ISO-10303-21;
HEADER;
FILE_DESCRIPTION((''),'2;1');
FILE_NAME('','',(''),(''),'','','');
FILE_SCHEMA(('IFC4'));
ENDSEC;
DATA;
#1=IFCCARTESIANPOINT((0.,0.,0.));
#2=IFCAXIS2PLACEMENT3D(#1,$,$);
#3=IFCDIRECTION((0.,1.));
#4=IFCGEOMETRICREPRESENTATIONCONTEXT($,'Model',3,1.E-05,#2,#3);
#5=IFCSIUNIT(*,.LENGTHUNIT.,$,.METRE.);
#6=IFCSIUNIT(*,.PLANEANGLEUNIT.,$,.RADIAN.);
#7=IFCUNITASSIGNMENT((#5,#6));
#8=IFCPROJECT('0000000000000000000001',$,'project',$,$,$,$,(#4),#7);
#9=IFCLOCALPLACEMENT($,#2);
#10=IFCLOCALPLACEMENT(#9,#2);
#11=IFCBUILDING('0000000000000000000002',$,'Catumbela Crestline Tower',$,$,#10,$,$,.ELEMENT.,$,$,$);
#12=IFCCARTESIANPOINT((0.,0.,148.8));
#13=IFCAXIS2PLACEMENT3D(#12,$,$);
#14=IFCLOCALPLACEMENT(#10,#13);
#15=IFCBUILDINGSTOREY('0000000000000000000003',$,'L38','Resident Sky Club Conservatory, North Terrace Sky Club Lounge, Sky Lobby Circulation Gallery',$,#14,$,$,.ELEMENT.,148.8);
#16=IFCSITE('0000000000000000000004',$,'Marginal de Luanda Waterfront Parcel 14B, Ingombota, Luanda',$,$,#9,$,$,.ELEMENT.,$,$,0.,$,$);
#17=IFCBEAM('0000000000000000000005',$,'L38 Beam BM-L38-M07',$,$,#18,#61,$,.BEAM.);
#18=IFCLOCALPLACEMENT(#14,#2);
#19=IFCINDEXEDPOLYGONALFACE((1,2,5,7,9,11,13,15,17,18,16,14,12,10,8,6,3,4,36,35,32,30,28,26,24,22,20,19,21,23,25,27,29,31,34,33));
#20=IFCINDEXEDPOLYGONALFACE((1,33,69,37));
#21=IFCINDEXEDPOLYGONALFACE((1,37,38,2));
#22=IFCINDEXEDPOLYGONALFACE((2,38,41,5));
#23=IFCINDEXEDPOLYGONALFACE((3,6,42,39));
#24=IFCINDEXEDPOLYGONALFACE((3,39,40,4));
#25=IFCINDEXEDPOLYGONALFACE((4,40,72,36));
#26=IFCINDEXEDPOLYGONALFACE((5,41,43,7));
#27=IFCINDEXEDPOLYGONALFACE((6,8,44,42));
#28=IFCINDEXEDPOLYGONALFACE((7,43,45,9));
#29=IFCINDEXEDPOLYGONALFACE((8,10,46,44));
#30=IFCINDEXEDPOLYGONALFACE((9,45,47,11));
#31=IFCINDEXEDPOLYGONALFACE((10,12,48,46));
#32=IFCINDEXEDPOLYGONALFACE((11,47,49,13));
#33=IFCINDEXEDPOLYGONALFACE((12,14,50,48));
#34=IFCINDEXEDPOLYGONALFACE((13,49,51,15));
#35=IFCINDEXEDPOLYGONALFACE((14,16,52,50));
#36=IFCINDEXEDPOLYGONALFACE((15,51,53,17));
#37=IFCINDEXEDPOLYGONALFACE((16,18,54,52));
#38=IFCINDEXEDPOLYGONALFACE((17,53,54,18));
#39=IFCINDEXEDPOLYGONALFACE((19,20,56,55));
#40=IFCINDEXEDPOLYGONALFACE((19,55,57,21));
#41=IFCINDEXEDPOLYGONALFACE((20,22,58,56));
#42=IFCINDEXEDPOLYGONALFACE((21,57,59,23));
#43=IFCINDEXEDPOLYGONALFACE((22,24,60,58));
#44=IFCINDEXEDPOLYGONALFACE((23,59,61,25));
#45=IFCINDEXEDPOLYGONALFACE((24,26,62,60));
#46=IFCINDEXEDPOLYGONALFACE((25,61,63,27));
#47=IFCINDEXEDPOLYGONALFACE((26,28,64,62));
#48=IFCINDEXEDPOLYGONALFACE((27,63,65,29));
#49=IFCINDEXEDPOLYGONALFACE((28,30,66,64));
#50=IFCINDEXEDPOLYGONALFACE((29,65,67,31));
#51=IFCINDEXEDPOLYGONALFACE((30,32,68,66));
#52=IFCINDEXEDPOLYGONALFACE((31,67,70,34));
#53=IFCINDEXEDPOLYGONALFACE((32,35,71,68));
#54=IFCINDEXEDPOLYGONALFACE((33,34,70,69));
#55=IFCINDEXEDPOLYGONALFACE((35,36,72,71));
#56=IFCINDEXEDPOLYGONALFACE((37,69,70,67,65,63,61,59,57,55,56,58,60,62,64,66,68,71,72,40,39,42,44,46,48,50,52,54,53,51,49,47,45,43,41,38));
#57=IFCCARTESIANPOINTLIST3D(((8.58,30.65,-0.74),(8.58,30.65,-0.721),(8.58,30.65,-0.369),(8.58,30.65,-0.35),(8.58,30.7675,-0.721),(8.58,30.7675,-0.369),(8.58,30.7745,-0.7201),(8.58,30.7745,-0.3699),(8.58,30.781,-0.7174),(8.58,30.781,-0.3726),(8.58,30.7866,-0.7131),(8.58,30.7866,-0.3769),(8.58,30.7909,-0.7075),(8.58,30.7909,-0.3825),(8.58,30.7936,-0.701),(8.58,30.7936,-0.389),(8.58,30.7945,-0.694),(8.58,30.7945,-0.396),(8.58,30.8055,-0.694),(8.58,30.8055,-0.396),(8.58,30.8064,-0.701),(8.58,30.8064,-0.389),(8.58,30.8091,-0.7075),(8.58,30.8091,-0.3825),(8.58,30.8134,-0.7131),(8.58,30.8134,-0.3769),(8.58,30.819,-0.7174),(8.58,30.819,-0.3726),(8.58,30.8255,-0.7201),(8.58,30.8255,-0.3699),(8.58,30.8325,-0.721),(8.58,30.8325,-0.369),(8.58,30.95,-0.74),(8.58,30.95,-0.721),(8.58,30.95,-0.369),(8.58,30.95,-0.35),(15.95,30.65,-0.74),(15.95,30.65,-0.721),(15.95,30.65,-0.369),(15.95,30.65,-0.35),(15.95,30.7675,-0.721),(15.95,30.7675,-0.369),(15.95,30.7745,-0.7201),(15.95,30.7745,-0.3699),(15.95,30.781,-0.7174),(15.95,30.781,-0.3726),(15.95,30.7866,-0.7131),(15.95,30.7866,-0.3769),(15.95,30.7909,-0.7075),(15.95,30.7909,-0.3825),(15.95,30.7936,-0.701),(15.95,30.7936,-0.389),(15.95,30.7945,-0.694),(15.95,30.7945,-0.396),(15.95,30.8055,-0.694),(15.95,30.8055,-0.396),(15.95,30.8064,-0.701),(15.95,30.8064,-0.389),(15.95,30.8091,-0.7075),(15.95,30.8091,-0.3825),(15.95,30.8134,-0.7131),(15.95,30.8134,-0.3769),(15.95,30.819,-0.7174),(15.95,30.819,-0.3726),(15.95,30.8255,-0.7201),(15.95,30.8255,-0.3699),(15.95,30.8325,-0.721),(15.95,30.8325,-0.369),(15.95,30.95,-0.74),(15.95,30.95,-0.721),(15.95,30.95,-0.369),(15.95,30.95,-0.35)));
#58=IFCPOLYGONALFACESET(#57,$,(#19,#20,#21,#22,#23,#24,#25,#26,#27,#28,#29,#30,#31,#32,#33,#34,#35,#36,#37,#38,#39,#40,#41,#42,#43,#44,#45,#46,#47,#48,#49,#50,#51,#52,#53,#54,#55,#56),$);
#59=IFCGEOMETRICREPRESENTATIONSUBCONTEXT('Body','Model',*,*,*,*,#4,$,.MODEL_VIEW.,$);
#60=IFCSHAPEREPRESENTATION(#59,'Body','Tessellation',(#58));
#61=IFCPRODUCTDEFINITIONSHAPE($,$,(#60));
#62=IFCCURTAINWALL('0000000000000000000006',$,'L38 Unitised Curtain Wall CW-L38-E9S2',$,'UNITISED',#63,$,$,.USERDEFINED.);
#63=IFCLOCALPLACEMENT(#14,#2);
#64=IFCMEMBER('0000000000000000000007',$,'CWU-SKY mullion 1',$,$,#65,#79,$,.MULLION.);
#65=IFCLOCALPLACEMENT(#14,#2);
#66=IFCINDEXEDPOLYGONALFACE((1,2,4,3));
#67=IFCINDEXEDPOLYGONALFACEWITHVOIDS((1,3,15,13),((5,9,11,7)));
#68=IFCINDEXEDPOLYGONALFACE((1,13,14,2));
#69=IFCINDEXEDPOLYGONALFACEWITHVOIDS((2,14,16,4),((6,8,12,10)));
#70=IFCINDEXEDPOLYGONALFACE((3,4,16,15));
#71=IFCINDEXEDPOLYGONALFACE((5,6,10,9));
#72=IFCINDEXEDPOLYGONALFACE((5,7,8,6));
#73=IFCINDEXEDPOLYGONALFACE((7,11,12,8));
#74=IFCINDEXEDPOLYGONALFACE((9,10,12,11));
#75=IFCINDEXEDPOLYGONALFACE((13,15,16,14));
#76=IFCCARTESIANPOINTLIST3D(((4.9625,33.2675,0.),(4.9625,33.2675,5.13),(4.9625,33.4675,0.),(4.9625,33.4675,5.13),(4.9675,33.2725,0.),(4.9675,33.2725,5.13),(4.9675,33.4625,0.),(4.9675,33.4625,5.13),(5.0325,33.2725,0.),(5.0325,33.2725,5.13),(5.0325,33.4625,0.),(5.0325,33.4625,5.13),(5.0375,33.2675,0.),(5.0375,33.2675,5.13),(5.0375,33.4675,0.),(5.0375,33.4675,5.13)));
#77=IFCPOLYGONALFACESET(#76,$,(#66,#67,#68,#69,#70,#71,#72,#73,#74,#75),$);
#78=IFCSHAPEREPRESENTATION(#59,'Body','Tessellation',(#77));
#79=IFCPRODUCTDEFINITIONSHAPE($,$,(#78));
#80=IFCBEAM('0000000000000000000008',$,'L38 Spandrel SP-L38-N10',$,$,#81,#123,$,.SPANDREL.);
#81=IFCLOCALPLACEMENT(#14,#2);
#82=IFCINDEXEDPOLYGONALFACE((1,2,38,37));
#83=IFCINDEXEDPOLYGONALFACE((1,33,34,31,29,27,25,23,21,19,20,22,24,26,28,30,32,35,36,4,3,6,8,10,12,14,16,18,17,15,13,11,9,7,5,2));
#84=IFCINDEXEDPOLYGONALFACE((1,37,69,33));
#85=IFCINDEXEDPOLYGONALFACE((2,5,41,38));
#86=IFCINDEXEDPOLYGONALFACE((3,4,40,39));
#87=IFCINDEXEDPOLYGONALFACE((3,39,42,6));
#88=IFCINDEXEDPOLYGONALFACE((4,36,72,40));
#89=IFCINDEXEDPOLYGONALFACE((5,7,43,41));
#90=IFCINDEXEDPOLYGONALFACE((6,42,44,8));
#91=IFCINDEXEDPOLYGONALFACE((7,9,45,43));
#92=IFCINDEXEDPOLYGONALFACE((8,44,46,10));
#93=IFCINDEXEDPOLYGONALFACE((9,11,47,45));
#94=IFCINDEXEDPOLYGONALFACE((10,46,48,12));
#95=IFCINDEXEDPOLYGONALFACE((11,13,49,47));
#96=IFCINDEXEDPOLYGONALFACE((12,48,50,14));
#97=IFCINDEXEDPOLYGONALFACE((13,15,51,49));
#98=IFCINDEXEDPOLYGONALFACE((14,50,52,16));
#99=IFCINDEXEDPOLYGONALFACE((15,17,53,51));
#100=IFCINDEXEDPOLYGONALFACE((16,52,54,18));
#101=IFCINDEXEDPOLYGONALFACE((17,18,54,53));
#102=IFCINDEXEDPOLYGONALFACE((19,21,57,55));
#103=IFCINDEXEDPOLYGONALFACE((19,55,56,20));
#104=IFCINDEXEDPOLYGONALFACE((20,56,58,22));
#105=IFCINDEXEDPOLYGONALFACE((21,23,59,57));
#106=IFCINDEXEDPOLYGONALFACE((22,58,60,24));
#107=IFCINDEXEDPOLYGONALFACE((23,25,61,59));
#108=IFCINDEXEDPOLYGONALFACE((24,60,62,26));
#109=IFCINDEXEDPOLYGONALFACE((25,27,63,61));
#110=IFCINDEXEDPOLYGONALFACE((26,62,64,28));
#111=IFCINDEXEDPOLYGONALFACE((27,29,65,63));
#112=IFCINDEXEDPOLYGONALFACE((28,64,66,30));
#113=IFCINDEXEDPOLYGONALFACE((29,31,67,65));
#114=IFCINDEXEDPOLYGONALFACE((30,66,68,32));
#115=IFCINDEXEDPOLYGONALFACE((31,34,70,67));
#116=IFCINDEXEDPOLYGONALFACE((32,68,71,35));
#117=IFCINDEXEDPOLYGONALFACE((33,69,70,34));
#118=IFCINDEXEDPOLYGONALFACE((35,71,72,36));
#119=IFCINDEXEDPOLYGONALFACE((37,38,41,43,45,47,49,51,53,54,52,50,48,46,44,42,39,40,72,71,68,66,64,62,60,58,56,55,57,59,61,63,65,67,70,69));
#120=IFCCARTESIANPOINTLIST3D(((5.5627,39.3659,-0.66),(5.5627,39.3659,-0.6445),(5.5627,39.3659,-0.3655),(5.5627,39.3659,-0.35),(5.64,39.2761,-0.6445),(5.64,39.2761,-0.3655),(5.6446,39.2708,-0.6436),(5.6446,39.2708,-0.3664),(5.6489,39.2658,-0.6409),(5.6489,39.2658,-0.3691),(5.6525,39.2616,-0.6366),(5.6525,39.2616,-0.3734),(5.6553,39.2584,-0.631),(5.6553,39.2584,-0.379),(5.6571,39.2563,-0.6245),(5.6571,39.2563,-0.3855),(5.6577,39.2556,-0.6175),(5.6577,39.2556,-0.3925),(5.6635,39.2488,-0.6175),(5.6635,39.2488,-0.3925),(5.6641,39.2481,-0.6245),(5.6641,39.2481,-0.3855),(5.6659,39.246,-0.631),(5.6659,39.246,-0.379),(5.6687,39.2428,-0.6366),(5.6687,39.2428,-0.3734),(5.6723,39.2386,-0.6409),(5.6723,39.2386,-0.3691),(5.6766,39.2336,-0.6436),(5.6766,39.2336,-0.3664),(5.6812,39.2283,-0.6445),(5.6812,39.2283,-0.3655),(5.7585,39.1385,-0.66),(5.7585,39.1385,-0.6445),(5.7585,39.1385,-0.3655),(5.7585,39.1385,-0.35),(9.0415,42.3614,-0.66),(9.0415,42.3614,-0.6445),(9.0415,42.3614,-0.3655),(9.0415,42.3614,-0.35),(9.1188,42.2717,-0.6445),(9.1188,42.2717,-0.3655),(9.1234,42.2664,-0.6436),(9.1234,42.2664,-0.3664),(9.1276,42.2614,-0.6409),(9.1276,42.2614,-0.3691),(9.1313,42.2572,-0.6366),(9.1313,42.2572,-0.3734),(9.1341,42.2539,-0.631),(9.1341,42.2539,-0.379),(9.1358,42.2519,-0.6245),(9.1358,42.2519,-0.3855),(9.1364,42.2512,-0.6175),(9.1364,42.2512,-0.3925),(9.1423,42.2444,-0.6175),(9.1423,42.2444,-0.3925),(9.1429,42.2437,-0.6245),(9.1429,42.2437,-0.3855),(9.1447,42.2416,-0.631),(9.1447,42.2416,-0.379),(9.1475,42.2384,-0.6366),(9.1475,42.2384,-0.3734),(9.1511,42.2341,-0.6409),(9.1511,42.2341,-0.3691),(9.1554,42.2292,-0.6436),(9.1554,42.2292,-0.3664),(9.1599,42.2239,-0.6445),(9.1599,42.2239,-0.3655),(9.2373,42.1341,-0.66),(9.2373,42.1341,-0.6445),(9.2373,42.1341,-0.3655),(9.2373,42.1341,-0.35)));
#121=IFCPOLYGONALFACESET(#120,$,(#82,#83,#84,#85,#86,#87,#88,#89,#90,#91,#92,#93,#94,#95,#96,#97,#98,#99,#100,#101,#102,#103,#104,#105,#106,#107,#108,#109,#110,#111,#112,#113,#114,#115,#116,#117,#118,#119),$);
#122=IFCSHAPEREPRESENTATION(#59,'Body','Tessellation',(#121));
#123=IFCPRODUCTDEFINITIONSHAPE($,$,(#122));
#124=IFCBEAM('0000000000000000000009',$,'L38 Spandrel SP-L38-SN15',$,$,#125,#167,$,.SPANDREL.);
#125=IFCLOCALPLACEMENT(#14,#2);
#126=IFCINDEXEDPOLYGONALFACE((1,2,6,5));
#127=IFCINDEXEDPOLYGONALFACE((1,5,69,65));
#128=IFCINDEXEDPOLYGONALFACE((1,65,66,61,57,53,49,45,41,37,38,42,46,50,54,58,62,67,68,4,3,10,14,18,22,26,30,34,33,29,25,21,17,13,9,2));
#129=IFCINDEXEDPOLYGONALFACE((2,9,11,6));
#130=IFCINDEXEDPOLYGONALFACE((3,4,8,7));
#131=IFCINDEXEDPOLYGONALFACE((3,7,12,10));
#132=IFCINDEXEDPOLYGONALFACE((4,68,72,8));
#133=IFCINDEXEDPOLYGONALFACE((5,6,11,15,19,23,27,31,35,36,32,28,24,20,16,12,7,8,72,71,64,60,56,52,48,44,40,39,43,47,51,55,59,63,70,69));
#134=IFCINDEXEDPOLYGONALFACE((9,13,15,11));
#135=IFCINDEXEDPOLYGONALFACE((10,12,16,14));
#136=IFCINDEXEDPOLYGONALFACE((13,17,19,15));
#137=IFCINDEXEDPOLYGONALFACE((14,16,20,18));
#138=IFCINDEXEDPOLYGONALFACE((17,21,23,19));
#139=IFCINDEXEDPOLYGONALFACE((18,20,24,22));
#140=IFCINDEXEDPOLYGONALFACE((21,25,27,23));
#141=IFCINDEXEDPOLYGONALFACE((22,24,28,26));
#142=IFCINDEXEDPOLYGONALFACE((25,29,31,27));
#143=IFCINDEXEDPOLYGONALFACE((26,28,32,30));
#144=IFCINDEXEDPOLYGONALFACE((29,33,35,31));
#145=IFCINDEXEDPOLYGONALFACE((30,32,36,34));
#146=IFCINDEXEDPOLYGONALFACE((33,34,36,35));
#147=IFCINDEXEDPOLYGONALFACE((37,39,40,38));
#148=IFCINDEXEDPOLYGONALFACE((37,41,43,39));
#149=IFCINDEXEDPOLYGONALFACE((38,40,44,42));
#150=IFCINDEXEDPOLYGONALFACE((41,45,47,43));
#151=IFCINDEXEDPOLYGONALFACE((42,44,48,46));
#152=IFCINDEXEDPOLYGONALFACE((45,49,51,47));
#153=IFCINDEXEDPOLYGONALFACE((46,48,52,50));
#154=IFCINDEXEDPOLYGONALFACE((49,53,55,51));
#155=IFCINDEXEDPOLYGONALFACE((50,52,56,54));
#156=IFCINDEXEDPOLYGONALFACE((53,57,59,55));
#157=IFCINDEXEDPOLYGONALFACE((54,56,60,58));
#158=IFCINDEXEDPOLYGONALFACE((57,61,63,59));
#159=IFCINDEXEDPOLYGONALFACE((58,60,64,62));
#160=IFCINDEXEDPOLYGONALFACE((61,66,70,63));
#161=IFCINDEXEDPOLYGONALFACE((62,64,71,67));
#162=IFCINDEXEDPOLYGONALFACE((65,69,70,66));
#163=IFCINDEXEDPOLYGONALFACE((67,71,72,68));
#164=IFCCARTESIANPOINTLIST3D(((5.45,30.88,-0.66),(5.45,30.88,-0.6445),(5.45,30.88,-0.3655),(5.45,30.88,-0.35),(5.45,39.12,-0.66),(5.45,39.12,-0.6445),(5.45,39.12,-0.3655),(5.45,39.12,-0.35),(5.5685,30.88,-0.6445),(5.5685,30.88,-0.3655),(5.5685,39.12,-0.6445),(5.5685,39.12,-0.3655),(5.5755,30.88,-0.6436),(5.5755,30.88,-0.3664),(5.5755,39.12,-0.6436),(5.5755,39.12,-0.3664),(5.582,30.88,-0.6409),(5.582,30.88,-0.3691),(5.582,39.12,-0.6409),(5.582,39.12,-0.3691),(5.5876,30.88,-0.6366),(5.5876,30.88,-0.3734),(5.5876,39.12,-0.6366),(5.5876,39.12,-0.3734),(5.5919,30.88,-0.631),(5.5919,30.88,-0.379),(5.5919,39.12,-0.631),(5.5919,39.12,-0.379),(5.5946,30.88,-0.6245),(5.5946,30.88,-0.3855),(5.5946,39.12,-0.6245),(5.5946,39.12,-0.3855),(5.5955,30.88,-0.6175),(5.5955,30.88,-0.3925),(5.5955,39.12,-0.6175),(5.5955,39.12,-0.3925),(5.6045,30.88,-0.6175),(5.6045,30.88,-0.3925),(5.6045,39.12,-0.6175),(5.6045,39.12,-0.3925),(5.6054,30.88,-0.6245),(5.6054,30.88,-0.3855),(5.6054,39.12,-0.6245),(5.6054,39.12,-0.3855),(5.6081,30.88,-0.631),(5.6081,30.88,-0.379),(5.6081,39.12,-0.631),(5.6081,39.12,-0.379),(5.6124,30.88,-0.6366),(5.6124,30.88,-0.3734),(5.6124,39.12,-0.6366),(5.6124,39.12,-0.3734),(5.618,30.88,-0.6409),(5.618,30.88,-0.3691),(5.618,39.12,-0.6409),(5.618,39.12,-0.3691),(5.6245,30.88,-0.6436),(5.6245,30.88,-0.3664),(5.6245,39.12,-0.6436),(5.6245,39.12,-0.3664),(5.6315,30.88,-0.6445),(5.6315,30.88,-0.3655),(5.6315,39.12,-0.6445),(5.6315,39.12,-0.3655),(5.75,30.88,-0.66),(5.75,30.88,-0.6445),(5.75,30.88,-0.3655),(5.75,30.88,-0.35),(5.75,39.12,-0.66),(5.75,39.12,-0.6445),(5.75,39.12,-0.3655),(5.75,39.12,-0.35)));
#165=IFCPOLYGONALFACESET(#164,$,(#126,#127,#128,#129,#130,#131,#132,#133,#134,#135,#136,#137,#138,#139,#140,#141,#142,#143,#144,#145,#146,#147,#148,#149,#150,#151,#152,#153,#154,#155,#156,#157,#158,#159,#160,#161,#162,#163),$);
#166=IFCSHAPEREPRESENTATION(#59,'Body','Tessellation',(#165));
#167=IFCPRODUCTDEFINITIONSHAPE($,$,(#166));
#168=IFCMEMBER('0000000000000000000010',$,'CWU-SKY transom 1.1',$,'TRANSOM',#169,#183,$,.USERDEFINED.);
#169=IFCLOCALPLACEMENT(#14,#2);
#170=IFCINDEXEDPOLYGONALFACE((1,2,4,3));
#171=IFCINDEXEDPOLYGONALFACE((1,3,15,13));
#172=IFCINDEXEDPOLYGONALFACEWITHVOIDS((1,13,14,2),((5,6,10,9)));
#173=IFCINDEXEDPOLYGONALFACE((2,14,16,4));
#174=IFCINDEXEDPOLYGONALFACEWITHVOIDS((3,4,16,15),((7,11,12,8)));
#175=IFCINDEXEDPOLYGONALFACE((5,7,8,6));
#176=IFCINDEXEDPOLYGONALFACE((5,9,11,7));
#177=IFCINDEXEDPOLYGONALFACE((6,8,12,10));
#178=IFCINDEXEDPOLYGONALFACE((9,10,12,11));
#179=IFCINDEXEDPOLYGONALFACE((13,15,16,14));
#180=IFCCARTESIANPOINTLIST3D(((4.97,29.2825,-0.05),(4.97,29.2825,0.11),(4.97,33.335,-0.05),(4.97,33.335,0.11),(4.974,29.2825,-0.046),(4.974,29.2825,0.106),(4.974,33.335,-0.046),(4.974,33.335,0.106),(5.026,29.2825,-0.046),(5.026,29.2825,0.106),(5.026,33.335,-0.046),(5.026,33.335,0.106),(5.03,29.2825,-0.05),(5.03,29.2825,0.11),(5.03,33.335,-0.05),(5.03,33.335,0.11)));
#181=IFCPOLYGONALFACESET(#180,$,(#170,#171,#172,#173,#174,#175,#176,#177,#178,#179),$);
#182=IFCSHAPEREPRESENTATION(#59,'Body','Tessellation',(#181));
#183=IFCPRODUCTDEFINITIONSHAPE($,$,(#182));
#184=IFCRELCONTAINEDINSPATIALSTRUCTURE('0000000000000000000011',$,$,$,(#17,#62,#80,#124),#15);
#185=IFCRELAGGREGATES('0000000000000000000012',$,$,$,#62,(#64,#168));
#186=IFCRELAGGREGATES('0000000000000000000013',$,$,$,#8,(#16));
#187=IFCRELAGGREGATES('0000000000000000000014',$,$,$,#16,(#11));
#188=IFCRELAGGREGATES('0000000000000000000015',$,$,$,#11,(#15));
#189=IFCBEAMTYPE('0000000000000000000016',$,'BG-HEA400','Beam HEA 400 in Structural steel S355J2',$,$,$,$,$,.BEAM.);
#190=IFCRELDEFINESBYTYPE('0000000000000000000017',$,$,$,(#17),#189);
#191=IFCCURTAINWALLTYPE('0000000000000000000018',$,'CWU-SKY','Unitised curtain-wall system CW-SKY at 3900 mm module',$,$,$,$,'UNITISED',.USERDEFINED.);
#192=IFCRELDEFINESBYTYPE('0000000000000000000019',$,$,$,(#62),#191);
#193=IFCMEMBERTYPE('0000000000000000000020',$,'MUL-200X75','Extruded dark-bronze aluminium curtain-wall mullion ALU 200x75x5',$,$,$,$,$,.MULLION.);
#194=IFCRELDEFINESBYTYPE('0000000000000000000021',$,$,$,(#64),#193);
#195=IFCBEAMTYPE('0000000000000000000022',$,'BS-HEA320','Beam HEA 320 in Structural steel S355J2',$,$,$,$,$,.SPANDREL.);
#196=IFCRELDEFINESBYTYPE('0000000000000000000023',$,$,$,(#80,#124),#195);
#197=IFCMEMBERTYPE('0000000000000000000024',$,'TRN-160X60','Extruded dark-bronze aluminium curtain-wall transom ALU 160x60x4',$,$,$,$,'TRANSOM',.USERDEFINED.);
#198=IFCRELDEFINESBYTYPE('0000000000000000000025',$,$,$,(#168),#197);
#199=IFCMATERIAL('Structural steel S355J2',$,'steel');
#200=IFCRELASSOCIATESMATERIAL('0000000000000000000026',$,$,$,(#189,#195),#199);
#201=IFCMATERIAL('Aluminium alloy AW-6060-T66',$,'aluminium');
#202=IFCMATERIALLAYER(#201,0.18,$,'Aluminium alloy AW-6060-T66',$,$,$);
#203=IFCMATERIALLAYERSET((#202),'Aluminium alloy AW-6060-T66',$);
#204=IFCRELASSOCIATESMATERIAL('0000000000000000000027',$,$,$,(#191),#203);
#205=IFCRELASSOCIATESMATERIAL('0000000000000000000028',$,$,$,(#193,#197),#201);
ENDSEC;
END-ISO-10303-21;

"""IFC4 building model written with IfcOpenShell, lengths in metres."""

from ifc_helpers import new_model, si_unit, direction, frame, origin, origin_2d, place, context, subcontext, project, spatial, hollow_rectangle, i_section, extrude, material, layer, layer_set, material_profile, profile_set, type_object, element, aggregate, save


model = new_model("IFC4")

# Units and contexts
model_context = context("Model", 3, precision=1e-05, world=origin(), true_north=direction((0.0, 1.0)))
body_context = subcontext(model_context, "Body", "Model", "MODEL_VIEW")
ifc_project = project(units=[si_unit("LENGTHUNIT", "METRE"), si_unit("PLANEANGLEUNIT", "RADIAN")], contexts=[model_context])

# Site, building, storey
site_placement = place(None, origin())
site = spatial("IfcSite", under=ifc_project, at=site_placement, Name="Marginal de Luanda Waterfront Parcel 14B, Ingombota, Luanda", CompositionType="ELEMENT", RefElevation=0.0)
building_placement = place(site_placement, origin())
building = spatial("IfcBuilding", under=site, at=building_placement, Name="Catumbela Crestline Tower", CompositionType="ELEMENT")
storey_placement = place(building_placement, frame((0.0, 0.0, 148.8)))
storey = spatial("IfcBuildingStorey", under=building, at=storey_placement, Name="L38", Description="Resident Sky Club Conservatory, North Terrace Sky Club Lounge, Sky Lobby Circulation Gallery", CompositionType="ELEMENT", Elevation=148.8)

# Beam
ifc_material_1 = material(Name="Structural steel S355J2", Category="steel")
ifc_material_profile_1 = material_profile(ifc_material_1, i_section(OverallWidth=0.3, OverallDepth=0.39, WebThickness=0.011, FlangeThickness=0.019, FilletRadius=0.027, at=origin_2d()), Name="HEA 400")
ifc_profile_set_1 = profile_set([ifc_material_profile_1], Name="Structural steel S355J2")
beam_type_1 = type_object("IfcBeamType", Name="BG-HEA400", Description="Beam HEA 400 in Structural steel S355J2", PredefinedType="BEAM", material=ifc_profile_set_1)
beam_1_placement = place(storey_placement, frame((8.58, 30.8, -0.545), z_axis=(1.0, 0.0, 0.0), x_axis=(0.0, 1.0, 0.0)))
element("IfcBeam", 1, at=beam_1_placement, inside=storey, type_object=beam_type_1, Name="L38 Beam BM-L38-M07", PredefinedType="BEAM", context=body_context, shape_type="SweptSolid", body=[
    extrude(i_section(OverallWidth=0.3, OverallDepth=0.39, WebThickness=0.011, FlangeThickness=0.019, FilletRadius=0.027, at=origin_2d()), origin(), (0.0, 0.0, 1.0), 7.37),
])

# Curtain wall, member
ifc_material_2 = material(Name="Aluminium alloy AW-6060-T66", Category="aluminium")
ifc_layer_1 = layer(ifc_material_2, 0.18, Name="Aluminium alloy AW-6060-T66")
ifc_layer_set_1 = layer_set([ifc_layer_1], Name="Aluminium alloy AW-6060-T66")
curtain_wall_type = type_object("IfcCurtainWallType", Name="CWU-SKY", Description="Unitised curtain-wall system CW-SKY at 3900 mm module", ElementType="UNITISED", PredefinedType="USERDEFINED", material=ifc_layer_set_1)
curtain_wall_placement = place(storey_placement, origin())
curtain_wall = element("IfcCurtainWall", 2, at=curtain_wall_placement, inside=storey, type_object=curtain_wall_type, Name="L38 Unitised Curtain Wall CW-L38-E9S2", ObjectType="UNITISED", PredefinedType="USERDEFINED")
ifc_material_profile_2 = material_profile(ifc_material_2, hollow_rectangle(XDim=0.075, YDim=0.2, WallThickness=0.005, at=origin_2d()), Name="ALU 200x75x5")
ifc_profile_set_2 = profile_set([ifc_material_profile_2], Name="Aluminium alloy AW-6060-T66")
member_type_1 = type_object("IfcMemberType", Name="MUL-200X75", Description="Extruded dark-bronze aluminium curtain-wall mullion ALU 200x75x5", PredefinedType="MULLION", material=ifc_profile_set_2)
member_1_placement = place(storey_placement, frame((5.0, 33.3675, 0.0), z_axis=(0.0, 0.0, 1.0), x_axis=(1.0, 0.0, 0.0)))
member_1 = element("IfcMember", 3, at=member_1_placement, type_object=member_type_1, Name="CWU-SKY mullion 1", PredefinedType="MULLION", context=body_context, shape_type="SweptSolid", body=[
    extrude(hollow_rectangle(XDim=0.075, YDim=0.2, WallThickness=0.005, at=origin_2d()), origin(), (0.0, 0.0, 1.0), 5.13),
])

# Beams
ifc_material_profile_3 = material_profile(ifc_material_1, i_section(OverallWidth=0.3, OverallDepth=0.31, WebThickness=0.009, FlangeThickness=0.0155, FilletRadius=0.027, at=origin_2d()), Name="HEA 320")
ifc_profile_set_3 = profile_set([ifc_material_profile_3], Name="Structural steel S355J2")
beam_type_2 = type_object("IfcBeamType", Name="BS-HEA320", Description="Beam HEA 320 in Structural steel S355J2", PredefinedType="SPANDREL", material=ifc_profile_set_3)
beam_2_placement = place(storey_placement, frame((5.6606, 39.2522, -0.505), z_axis=(0.757772, 0.652519, 0.0), x_axis=(-0.652519, 0.757772, 0.0)))
element("IfcBeam", 4, at=beam_2_placement, inside=storey, type_object=beam_type_2, Name="L38 Spandrel SP-L38-N10", PredefinedType="SPANDREL", context=body_context, shape_type="SweptSolid", body=[
    extrude(i_section(OverallWidth=0.3, OverallDepth=0.31, WebThickness=0.009, FlangeThickness=0.0155, FilletRadius=0.027, at=origin_2d()), origin(), (0.0, 0.0, 1.0), 4.5908),
])
beam_3_placement = place(storey_placement, frame((5.6, 30.88, -0.505), z_axis=(0.0, 1.0, 0.0), x_axis=(-1.0, 0.0, 0.0)))
element("IfcBeam", 5, at=beam_3_placement, inside=storey, type_object=beam_type_2, Name="L38 Spandrel SP-L38-SN15", PredefinedType="SPANDREL", context=body_context, shape_type="SweptSolid", body=[
    extrude(i_section(OverallWidth=0.3, OverallDepth=0.31, WebThickness=0.009, FlangeThickness=0.0155, FilletRadius=0.027, at=origin_2d()), origin(), (0.0, 0.0, 1.0), 8.24),
])

# Member
ifc_material_profile_4 = material_profile(ifc_material_2, hollow_rectangle(XDim=0.06, YDim=0.16, WallThickness=0.004, at=origin_2d()), Name="ALU 160x60x4")
ifc_profile_set_4 = profile_set([ifc_material_profile_4], Name="Aluminium alloy AW-6060-T66")
member_type_2 = type_object("IfcMemberType", Name="TRN-160X60", Description="Extruded dark-bronze aluminium curtain-wall transom ALU 160x60x4", ElementType="TRANSOM", PredefinedType="USERDEFINED", material=ifc_profile_set_4)
member_2_placement = place(storey_placement, frame((5.0, 33.335, 0.03), z_axis=(0.0, -1.0, 0.0), x_axis=(1.0, 0.0, 0.0)))
member_2 = element("IfcMember", 6, at=member_2_placement, type_object=member_type_2, Name="CWU-SKY transom 1.1", ObjectType="TRANSOM", PredefinedType="USERDEFINED", context=body_context, shape_type="SweptSolid", body=[
    extrude(hollow_rectangle(XDim=0.06, YDim=0.16, WallThickness=0.004, at=origin_2d()), origin(), (0.0, 0.0, 1.0), 4.0525),
])

aggregate(curtain_wall, [member_1, member_2])

save(model, "model.ifc")
